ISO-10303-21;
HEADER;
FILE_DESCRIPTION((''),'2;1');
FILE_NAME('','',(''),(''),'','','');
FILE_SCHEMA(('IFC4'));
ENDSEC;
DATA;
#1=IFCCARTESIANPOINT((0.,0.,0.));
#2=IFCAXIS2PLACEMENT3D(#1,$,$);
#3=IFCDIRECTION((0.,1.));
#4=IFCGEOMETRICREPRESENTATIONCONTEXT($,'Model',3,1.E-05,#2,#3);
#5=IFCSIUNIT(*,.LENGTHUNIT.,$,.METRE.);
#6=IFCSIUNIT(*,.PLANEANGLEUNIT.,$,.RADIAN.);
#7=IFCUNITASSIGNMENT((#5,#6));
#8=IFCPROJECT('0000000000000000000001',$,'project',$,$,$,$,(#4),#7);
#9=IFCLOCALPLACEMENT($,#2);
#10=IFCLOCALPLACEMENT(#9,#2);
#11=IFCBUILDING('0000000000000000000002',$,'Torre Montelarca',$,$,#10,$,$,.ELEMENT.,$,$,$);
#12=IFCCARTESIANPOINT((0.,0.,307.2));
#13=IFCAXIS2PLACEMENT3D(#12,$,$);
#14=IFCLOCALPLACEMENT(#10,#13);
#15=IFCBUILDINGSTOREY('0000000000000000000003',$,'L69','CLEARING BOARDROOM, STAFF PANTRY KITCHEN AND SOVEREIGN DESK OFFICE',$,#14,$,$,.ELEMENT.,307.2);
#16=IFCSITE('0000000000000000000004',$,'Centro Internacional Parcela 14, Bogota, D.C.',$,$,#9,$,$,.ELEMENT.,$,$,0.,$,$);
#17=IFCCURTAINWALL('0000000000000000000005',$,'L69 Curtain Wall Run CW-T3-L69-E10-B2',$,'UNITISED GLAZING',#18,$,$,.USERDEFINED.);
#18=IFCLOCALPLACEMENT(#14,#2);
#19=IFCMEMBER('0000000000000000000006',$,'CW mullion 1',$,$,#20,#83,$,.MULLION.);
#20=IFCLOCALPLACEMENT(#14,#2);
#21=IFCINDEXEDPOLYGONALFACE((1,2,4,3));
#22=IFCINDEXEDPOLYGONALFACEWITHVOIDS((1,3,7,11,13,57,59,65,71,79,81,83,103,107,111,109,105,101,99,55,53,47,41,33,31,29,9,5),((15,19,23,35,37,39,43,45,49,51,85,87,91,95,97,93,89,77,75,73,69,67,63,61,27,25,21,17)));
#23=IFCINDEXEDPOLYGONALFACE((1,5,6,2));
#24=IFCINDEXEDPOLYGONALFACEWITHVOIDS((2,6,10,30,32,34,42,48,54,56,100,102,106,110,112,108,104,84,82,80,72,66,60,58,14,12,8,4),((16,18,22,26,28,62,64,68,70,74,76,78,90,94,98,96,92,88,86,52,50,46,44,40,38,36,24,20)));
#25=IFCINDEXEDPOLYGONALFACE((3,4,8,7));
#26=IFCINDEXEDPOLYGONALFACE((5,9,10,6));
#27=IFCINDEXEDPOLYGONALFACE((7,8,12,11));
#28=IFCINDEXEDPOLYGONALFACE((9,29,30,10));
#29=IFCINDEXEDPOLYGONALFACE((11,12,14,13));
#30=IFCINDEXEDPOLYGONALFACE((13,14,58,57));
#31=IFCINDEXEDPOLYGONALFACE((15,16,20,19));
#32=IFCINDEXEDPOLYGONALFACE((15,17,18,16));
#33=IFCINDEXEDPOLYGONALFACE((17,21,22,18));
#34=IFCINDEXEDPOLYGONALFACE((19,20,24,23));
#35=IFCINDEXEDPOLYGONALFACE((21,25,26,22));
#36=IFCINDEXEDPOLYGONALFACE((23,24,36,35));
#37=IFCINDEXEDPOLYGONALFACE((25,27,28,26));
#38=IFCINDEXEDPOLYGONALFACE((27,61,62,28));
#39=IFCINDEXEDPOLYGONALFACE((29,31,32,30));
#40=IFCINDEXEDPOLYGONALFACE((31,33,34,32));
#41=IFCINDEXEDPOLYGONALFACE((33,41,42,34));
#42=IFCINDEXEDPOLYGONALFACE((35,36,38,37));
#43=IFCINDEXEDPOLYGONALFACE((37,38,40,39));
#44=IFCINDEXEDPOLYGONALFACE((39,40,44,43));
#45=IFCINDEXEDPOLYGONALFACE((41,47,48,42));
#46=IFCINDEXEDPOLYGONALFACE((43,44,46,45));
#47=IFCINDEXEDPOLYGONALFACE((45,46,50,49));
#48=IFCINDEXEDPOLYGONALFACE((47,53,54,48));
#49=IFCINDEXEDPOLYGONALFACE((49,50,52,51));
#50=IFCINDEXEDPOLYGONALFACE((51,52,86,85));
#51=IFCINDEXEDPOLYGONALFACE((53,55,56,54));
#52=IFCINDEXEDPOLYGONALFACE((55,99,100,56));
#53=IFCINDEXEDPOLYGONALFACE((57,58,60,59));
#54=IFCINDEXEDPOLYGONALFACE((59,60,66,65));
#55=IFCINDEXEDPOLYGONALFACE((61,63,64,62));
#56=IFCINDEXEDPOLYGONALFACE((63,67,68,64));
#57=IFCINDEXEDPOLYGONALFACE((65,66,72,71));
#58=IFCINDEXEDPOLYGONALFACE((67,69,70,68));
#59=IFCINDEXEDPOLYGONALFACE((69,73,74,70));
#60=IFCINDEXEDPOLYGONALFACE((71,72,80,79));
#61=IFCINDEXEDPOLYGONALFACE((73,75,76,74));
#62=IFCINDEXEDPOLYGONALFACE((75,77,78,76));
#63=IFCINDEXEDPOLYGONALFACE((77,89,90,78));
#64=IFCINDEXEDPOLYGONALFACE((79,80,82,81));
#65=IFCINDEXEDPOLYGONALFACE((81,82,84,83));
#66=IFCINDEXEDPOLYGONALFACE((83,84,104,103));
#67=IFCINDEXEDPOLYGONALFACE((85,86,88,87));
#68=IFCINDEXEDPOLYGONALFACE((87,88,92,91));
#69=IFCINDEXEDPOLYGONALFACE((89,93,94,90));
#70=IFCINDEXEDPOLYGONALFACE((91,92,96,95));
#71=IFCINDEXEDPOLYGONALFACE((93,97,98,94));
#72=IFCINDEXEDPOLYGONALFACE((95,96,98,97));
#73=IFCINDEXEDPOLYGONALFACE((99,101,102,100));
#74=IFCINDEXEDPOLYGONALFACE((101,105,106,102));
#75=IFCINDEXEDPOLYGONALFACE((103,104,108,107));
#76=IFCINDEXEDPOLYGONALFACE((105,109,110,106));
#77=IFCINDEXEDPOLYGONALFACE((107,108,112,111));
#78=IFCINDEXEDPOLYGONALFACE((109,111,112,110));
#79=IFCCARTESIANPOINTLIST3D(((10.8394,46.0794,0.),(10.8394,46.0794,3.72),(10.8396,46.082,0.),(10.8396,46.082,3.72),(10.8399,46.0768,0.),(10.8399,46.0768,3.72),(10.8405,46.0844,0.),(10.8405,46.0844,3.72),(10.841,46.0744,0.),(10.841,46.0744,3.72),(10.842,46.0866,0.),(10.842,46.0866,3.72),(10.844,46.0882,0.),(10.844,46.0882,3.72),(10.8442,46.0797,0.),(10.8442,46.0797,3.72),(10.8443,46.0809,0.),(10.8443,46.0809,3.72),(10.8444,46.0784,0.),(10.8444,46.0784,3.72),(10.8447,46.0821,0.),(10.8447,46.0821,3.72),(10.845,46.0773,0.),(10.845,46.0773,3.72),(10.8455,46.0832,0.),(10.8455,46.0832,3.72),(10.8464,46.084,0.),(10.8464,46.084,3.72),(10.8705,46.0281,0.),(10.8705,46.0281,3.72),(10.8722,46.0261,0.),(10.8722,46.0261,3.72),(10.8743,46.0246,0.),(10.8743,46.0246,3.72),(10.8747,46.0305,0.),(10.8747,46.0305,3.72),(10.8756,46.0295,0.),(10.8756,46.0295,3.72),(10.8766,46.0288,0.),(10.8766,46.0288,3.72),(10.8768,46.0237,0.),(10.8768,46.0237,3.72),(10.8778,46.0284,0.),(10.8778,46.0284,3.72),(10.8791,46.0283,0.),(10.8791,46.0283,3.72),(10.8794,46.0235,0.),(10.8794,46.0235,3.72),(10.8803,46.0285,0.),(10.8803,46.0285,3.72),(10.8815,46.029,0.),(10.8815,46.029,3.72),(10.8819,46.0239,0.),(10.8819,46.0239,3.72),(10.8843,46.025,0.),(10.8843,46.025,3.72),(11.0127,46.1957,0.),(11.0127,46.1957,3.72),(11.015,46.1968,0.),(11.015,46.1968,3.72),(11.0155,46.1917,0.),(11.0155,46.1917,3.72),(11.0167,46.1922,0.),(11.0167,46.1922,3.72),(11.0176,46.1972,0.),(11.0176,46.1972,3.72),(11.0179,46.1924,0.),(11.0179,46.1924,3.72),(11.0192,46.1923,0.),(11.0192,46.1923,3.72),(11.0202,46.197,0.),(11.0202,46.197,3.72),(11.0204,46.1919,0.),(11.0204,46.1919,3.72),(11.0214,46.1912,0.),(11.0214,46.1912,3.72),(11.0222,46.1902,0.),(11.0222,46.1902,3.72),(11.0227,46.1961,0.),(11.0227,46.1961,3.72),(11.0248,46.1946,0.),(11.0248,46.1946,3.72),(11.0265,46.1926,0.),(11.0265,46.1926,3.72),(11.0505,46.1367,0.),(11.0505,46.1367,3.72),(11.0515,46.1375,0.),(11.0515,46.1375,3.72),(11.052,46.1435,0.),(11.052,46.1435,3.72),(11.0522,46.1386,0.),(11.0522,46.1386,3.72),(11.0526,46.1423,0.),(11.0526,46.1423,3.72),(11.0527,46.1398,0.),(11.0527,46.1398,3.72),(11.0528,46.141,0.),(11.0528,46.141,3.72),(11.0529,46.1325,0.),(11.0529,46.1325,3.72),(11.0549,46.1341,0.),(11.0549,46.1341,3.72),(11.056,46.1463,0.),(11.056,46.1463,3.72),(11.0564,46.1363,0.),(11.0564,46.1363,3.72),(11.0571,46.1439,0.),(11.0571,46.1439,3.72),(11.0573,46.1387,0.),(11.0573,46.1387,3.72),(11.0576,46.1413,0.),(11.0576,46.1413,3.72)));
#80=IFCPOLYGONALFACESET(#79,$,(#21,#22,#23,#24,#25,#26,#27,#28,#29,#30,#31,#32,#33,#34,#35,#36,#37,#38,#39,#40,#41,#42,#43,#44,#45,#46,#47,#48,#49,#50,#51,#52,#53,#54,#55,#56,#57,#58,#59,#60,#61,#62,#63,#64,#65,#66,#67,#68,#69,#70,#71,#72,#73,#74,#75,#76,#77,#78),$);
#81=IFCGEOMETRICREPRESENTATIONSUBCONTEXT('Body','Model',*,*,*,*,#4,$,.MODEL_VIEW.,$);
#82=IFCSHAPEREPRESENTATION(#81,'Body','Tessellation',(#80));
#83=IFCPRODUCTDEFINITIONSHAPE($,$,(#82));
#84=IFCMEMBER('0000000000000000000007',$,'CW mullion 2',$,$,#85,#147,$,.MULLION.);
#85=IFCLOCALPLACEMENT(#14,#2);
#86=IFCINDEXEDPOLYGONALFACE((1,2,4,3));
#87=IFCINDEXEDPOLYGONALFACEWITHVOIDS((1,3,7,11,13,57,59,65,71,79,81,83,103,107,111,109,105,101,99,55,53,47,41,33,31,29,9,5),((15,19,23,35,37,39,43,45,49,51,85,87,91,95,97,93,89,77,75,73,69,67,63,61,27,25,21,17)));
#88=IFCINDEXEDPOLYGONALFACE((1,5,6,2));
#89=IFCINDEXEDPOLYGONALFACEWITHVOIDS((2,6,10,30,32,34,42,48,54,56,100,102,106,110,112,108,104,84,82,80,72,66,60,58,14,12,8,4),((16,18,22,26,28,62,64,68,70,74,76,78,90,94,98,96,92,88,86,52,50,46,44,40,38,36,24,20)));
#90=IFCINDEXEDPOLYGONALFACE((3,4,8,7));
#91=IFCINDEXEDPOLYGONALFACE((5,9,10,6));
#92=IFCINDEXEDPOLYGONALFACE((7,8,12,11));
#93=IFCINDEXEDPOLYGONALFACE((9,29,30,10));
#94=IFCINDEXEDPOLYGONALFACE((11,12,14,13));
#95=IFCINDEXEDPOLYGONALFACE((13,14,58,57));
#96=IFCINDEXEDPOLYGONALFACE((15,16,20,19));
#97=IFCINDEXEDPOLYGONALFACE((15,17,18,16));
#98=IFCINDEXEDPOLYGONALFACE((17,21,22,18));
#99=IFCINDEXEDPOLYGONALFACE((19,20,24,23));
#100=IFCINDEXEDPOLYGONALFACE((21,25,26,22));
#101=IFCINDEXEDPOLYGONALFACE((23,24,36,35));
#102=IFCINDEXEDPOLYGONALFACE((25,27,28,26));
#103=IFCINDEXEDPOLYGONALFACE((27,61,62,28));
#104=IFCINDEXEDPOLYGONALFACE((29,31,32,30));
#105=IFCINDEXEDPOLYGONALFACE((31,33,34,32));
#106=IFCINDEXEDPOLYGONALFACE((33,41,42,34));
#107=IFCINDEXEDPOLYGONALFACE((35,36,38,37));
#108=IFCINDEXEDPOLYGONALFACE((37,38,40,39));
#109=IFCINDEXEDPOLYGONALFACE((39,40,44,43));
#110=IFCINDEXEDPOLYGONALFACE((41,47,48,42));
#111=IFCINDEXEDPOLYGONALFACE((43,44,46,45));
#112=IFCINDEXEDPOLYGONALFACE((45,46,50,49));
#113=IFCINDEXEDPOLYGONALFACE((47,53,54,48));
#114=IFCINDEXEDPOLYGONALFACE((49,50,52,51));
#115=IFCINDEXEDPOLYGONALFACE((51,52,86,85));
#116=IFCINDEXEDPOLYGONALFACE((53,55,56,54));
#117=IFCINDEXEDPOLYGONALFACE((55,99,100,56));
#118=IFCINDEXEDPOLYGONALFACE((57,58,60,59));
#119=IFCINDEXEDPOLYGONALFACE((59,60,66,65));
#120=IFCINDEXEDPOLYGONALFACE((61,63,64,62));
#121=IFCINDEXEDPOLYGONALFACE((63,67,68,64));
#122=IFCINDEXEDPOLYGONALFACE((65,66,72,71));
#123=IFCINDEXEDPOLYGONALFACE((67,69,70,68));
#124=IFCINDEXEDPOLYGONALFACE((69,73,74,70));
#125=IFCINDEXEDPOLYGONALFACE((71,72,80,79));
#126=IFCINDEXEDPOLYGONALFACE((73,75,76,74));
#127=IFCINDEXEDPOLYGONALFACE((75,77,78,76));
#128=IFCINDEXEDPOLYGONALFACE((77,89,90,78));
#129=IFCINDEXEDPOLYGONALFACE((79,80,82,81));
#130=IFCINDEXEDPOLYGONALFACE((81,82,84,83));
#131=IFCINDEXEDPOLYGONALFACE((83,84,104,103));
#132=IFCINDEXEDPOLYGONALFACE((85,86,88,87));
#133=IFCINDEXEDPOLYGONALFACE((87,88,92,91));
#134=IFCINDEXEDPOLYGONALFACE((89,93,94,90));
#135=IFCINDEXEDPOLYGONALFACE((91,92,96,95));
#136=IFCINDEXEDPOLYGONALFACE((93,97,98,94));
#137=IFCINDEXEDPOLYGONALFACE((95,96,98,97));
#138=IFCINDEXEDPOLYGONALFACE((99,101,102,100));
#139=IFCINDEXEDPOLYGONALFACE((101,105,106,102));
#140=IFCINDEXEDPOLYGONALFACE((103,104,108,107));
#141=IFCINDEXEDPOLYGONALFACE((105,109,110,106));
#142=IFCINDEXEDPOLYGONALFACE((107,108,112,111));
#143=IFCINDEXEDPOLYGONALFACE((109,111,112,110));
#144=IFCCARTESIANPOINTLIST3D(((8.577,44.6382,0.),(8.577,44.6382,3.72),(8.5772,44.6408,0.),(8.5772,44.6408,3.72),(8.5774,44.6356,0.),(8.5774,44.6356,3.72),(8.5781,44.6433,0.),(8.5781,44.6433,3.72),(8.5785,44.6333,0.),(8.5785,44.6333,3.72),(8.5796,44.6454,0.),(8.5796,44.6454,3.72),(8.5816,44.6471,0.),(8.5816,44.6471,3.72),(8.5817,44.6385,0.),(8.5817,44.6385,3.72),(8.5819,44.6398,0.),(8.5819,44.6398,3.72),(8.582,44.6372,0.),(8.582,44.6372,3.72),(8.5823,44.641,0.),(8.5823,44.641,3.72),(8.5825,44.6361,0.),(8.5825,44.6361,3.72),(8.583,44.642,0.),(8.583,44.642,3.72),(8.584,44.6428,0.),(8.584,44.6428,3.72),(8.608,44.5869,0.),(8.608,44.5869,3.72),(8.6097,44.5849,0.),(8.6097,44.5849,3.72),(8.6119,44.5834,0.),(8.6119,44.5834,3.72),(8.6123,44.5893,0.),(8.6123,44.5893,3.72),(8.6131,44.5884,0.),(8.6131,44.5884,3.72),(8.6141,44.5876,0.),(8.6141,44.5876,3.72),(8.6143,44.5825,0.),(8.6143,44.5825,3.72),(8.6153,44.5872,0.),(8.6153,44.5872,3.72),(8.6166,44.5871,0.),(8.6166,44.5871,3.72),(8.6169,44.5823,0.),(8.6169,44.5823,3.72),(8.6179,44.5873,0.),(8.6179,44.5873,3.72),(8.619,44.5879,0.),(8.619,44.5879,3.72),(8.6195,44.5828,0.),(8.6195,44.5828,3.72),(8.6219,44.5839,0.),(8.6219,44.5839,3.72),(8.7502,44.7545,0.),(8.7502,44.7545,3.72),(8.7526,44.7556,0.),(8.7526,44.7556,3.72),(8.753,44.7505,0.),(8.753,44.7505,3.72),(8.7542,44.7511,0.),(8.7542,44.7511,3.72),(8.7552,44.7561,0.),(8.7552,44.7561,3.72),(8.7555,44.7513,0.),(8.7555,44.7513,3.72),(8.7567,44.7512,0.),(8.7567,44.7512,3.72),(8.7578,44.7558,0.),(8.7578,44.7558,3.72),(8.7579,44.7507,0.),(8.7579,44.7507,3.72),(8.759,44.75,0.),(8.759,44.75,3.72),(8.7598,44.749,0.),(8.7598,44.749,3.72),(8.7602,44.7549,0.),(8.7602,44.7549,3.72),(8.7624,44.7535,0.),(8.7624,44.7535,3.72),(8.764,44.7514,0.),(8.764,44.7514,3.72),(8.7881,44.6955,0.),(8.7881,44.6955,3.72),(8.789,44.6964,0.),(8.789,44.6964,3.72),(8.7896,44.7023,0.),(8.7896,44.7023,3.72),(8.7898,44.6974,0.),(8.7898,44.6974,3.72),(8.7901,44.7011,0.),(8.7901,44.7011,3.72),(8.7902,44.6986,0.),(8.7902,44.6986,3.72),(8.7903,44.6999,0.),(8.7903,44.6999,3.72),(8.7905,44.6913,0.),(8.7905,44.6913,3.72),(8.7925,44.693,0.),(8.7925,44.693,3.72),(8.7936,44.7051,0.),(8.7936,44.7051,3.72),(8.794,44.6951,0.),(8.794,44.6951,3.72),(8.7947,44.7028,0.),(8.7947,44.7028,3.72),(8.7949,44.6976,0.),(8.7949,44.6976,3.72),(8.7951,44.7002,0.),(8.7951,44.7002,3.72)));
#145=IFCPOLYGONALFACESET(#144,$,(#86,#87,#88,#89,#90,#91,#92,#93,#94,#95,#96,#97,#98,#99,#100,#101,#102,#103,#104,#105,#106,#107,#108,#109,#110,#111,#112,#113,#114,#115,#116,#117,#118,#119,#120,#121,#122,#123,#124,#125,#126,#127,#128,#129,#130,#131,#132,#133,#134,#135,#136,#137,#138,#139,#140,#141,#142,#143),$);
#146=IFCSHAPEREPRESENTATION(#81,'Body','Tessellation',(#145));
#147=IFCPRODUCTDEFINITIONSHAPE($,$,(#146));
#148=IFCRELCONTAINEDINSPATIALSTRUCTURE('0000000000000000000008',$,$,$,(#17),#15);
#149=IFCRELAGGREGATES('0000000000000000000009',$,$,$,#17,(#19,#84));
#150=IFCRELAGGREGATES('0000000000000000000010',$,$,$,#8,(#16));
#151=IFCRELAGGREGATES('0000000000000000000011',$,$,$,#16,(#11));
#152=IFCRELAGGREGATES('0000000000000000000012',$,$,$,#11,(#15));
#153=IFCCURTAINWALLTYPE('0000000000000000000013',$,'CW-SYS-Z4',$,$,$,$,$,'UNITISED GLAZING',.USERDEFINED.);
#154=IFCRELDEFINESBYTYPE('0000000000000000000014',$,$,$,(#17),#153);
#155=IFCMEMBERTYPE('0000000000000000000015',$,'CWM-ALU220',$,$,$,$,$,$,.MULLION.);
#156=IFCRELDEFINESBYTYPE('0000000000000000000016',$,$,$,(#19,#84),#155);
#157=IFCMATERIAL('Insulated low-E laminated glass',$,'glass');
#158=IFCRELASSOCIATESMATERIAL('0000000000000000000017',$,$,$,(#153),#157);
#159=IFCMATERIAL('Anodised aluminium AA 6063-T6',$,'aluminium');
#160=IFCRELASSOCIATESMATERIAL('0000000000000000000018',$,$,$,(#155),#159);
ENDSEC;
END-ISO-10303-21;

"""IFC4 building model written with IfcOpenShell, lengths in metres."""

from ifc_helpers import new_model, si_unit, direction, frame, origin, origin_2d, place, context, subcontext, project, spatial, hollow_rectangle, extrude, source, transform, mapped, material, material_profile, profile_set, type_object, element, aggregate, save


model = new_model("IFC4")

# Units and contexts
model_context = context("Model", 3, precision=1e-05, world=origin(), true_north=direction((0.0, 1.0)))
body_context = subcontext(model_context, "Body", "Model", "MODEL_VIEW")
ifc_project = project(units=[si_unit("LENGTHUNIT", "METRE"), si_unit("PLANEANGLEUNIT", "RADIAN")], contexts=[model_context])

# Site, building, storey
site_placement = place(None, origin())
site = spatial("IfcSite", under=ifc_project, at=site_placement, Name="Centro Internacional Parcela 14, Bogota, D.C.", CompositionType="ELEMENT", RefElevation=0.0)
building_placement = place(site_placement, origin())
building = spatial("IfcBuilding", under=site, at=building_placement, Name="Torre Montelarca", CompositionType="ELEMENT")
storey_placement = place(building_placement, frame((0.0, 0.0, 307.2)))
storey = spatial("IfcBuildingStorey", under=building, at=storey_placement, Name="L69", Description="CLEARING BOARDROOM, STAFF PANTRY KITCHEN AND SOVEREIGN DESK OFFICE", CompositionType="ELEMENT", Elevation=307.2)

# Shared definitions
ifc_material_1 = material(Name="Insulated low-E laminated glass", Category="glass")
curtain_wall_type = type_object("IfcCurtainWallType", Name="CW-SYS-Z4", ElementType="UNITISED GLAZING", PredefinedType="USERDEFINED", material=ifc_material_1)
ifc_material_2 = material(Name="Anodised aluminium AA 6063-T6", Category="aluminium")
ifc_material_profile_1 = material_profile(ifc_material_2, hollow_rectangle(XDim=0.075, YDim=0.22, WallThickness=0.0049, InnerFilletRadius=0.0049, OuterFilletRadius=0.01, at=origin_2d()), Name="ALU75X220X5", Category="aluminium")
ifc_profile_set_1 = profile_set([ifc_material_profile_1], Name="Anodised aluminium AA 6063-T6")
member_type_1 = type_object("IfcMemberType", Name="CWM-ALU220", PredefinedType="MULLION", material=ifc_profile_set_1)
shared_shape_1 = source(origin(), body_context, "Body", "SweptSolid", [
    extrude(hollow_rectangle(XDim=0.075, YDim=0.22, WallThickness=0.0049, InnerFilletRadius=0.0049, OuterFilletRadius=0.01, at=origin_2d()), origin(), (0.0, 0.0, 1.0), 3.72),
])

# Curtain wall, members
curtain_wall_1_placement = place(storey_placement, origin())
curtain_wall_1 = element("IfcCurtainWall", 1, at=curtain_wall_1_placement, inside=storey, type_object=curtain_wall_type, Name="L69 Curtain Wall Run CW-T3-L69-E10-B2", ObjectType="UNITISED GLAZING", PredefinedType="USERDEFINED")
member_1_placement = place(storey_placement, frame((10.9485, 46.1104, 0.0), z_axis=(0.0, 0.0, 1.0), x_axis=(0.537302, -0.84339, 0.0)))
member_1 = element("IfcMember", 2, at=member_1_placement, type_object=member_type_1, Name="CW mullion 1", PredefinedType="MULLION", context=body_context, shape_type="MappedRepresentation", body=[
    mapped(shared_shape_1, transform((0.0, 0.0, 0.0), scale=1.0)),
])
member_2_placement = place(storey_placement, frame((8.686, 44.6692, 0.0), z_axis=(0.0, 0.0, 1.0), x_axis=(0.537302, -0.84339, 0.0)))
member_2 = element("IfcMember", 3, at=member_2_placement, type_object=member_type_1, Name="CW mullion 2", PredefinedType="MULLION", context=body_context, shape_type="MappedRepresentation", body=[
    mapped(shared_shape_1, transform((0.0, 0.0, 0.0), scale=1.0)),
])

aggregate(curtain_wall_1, [member_1, member_2])

save(model, "model.ifc")
